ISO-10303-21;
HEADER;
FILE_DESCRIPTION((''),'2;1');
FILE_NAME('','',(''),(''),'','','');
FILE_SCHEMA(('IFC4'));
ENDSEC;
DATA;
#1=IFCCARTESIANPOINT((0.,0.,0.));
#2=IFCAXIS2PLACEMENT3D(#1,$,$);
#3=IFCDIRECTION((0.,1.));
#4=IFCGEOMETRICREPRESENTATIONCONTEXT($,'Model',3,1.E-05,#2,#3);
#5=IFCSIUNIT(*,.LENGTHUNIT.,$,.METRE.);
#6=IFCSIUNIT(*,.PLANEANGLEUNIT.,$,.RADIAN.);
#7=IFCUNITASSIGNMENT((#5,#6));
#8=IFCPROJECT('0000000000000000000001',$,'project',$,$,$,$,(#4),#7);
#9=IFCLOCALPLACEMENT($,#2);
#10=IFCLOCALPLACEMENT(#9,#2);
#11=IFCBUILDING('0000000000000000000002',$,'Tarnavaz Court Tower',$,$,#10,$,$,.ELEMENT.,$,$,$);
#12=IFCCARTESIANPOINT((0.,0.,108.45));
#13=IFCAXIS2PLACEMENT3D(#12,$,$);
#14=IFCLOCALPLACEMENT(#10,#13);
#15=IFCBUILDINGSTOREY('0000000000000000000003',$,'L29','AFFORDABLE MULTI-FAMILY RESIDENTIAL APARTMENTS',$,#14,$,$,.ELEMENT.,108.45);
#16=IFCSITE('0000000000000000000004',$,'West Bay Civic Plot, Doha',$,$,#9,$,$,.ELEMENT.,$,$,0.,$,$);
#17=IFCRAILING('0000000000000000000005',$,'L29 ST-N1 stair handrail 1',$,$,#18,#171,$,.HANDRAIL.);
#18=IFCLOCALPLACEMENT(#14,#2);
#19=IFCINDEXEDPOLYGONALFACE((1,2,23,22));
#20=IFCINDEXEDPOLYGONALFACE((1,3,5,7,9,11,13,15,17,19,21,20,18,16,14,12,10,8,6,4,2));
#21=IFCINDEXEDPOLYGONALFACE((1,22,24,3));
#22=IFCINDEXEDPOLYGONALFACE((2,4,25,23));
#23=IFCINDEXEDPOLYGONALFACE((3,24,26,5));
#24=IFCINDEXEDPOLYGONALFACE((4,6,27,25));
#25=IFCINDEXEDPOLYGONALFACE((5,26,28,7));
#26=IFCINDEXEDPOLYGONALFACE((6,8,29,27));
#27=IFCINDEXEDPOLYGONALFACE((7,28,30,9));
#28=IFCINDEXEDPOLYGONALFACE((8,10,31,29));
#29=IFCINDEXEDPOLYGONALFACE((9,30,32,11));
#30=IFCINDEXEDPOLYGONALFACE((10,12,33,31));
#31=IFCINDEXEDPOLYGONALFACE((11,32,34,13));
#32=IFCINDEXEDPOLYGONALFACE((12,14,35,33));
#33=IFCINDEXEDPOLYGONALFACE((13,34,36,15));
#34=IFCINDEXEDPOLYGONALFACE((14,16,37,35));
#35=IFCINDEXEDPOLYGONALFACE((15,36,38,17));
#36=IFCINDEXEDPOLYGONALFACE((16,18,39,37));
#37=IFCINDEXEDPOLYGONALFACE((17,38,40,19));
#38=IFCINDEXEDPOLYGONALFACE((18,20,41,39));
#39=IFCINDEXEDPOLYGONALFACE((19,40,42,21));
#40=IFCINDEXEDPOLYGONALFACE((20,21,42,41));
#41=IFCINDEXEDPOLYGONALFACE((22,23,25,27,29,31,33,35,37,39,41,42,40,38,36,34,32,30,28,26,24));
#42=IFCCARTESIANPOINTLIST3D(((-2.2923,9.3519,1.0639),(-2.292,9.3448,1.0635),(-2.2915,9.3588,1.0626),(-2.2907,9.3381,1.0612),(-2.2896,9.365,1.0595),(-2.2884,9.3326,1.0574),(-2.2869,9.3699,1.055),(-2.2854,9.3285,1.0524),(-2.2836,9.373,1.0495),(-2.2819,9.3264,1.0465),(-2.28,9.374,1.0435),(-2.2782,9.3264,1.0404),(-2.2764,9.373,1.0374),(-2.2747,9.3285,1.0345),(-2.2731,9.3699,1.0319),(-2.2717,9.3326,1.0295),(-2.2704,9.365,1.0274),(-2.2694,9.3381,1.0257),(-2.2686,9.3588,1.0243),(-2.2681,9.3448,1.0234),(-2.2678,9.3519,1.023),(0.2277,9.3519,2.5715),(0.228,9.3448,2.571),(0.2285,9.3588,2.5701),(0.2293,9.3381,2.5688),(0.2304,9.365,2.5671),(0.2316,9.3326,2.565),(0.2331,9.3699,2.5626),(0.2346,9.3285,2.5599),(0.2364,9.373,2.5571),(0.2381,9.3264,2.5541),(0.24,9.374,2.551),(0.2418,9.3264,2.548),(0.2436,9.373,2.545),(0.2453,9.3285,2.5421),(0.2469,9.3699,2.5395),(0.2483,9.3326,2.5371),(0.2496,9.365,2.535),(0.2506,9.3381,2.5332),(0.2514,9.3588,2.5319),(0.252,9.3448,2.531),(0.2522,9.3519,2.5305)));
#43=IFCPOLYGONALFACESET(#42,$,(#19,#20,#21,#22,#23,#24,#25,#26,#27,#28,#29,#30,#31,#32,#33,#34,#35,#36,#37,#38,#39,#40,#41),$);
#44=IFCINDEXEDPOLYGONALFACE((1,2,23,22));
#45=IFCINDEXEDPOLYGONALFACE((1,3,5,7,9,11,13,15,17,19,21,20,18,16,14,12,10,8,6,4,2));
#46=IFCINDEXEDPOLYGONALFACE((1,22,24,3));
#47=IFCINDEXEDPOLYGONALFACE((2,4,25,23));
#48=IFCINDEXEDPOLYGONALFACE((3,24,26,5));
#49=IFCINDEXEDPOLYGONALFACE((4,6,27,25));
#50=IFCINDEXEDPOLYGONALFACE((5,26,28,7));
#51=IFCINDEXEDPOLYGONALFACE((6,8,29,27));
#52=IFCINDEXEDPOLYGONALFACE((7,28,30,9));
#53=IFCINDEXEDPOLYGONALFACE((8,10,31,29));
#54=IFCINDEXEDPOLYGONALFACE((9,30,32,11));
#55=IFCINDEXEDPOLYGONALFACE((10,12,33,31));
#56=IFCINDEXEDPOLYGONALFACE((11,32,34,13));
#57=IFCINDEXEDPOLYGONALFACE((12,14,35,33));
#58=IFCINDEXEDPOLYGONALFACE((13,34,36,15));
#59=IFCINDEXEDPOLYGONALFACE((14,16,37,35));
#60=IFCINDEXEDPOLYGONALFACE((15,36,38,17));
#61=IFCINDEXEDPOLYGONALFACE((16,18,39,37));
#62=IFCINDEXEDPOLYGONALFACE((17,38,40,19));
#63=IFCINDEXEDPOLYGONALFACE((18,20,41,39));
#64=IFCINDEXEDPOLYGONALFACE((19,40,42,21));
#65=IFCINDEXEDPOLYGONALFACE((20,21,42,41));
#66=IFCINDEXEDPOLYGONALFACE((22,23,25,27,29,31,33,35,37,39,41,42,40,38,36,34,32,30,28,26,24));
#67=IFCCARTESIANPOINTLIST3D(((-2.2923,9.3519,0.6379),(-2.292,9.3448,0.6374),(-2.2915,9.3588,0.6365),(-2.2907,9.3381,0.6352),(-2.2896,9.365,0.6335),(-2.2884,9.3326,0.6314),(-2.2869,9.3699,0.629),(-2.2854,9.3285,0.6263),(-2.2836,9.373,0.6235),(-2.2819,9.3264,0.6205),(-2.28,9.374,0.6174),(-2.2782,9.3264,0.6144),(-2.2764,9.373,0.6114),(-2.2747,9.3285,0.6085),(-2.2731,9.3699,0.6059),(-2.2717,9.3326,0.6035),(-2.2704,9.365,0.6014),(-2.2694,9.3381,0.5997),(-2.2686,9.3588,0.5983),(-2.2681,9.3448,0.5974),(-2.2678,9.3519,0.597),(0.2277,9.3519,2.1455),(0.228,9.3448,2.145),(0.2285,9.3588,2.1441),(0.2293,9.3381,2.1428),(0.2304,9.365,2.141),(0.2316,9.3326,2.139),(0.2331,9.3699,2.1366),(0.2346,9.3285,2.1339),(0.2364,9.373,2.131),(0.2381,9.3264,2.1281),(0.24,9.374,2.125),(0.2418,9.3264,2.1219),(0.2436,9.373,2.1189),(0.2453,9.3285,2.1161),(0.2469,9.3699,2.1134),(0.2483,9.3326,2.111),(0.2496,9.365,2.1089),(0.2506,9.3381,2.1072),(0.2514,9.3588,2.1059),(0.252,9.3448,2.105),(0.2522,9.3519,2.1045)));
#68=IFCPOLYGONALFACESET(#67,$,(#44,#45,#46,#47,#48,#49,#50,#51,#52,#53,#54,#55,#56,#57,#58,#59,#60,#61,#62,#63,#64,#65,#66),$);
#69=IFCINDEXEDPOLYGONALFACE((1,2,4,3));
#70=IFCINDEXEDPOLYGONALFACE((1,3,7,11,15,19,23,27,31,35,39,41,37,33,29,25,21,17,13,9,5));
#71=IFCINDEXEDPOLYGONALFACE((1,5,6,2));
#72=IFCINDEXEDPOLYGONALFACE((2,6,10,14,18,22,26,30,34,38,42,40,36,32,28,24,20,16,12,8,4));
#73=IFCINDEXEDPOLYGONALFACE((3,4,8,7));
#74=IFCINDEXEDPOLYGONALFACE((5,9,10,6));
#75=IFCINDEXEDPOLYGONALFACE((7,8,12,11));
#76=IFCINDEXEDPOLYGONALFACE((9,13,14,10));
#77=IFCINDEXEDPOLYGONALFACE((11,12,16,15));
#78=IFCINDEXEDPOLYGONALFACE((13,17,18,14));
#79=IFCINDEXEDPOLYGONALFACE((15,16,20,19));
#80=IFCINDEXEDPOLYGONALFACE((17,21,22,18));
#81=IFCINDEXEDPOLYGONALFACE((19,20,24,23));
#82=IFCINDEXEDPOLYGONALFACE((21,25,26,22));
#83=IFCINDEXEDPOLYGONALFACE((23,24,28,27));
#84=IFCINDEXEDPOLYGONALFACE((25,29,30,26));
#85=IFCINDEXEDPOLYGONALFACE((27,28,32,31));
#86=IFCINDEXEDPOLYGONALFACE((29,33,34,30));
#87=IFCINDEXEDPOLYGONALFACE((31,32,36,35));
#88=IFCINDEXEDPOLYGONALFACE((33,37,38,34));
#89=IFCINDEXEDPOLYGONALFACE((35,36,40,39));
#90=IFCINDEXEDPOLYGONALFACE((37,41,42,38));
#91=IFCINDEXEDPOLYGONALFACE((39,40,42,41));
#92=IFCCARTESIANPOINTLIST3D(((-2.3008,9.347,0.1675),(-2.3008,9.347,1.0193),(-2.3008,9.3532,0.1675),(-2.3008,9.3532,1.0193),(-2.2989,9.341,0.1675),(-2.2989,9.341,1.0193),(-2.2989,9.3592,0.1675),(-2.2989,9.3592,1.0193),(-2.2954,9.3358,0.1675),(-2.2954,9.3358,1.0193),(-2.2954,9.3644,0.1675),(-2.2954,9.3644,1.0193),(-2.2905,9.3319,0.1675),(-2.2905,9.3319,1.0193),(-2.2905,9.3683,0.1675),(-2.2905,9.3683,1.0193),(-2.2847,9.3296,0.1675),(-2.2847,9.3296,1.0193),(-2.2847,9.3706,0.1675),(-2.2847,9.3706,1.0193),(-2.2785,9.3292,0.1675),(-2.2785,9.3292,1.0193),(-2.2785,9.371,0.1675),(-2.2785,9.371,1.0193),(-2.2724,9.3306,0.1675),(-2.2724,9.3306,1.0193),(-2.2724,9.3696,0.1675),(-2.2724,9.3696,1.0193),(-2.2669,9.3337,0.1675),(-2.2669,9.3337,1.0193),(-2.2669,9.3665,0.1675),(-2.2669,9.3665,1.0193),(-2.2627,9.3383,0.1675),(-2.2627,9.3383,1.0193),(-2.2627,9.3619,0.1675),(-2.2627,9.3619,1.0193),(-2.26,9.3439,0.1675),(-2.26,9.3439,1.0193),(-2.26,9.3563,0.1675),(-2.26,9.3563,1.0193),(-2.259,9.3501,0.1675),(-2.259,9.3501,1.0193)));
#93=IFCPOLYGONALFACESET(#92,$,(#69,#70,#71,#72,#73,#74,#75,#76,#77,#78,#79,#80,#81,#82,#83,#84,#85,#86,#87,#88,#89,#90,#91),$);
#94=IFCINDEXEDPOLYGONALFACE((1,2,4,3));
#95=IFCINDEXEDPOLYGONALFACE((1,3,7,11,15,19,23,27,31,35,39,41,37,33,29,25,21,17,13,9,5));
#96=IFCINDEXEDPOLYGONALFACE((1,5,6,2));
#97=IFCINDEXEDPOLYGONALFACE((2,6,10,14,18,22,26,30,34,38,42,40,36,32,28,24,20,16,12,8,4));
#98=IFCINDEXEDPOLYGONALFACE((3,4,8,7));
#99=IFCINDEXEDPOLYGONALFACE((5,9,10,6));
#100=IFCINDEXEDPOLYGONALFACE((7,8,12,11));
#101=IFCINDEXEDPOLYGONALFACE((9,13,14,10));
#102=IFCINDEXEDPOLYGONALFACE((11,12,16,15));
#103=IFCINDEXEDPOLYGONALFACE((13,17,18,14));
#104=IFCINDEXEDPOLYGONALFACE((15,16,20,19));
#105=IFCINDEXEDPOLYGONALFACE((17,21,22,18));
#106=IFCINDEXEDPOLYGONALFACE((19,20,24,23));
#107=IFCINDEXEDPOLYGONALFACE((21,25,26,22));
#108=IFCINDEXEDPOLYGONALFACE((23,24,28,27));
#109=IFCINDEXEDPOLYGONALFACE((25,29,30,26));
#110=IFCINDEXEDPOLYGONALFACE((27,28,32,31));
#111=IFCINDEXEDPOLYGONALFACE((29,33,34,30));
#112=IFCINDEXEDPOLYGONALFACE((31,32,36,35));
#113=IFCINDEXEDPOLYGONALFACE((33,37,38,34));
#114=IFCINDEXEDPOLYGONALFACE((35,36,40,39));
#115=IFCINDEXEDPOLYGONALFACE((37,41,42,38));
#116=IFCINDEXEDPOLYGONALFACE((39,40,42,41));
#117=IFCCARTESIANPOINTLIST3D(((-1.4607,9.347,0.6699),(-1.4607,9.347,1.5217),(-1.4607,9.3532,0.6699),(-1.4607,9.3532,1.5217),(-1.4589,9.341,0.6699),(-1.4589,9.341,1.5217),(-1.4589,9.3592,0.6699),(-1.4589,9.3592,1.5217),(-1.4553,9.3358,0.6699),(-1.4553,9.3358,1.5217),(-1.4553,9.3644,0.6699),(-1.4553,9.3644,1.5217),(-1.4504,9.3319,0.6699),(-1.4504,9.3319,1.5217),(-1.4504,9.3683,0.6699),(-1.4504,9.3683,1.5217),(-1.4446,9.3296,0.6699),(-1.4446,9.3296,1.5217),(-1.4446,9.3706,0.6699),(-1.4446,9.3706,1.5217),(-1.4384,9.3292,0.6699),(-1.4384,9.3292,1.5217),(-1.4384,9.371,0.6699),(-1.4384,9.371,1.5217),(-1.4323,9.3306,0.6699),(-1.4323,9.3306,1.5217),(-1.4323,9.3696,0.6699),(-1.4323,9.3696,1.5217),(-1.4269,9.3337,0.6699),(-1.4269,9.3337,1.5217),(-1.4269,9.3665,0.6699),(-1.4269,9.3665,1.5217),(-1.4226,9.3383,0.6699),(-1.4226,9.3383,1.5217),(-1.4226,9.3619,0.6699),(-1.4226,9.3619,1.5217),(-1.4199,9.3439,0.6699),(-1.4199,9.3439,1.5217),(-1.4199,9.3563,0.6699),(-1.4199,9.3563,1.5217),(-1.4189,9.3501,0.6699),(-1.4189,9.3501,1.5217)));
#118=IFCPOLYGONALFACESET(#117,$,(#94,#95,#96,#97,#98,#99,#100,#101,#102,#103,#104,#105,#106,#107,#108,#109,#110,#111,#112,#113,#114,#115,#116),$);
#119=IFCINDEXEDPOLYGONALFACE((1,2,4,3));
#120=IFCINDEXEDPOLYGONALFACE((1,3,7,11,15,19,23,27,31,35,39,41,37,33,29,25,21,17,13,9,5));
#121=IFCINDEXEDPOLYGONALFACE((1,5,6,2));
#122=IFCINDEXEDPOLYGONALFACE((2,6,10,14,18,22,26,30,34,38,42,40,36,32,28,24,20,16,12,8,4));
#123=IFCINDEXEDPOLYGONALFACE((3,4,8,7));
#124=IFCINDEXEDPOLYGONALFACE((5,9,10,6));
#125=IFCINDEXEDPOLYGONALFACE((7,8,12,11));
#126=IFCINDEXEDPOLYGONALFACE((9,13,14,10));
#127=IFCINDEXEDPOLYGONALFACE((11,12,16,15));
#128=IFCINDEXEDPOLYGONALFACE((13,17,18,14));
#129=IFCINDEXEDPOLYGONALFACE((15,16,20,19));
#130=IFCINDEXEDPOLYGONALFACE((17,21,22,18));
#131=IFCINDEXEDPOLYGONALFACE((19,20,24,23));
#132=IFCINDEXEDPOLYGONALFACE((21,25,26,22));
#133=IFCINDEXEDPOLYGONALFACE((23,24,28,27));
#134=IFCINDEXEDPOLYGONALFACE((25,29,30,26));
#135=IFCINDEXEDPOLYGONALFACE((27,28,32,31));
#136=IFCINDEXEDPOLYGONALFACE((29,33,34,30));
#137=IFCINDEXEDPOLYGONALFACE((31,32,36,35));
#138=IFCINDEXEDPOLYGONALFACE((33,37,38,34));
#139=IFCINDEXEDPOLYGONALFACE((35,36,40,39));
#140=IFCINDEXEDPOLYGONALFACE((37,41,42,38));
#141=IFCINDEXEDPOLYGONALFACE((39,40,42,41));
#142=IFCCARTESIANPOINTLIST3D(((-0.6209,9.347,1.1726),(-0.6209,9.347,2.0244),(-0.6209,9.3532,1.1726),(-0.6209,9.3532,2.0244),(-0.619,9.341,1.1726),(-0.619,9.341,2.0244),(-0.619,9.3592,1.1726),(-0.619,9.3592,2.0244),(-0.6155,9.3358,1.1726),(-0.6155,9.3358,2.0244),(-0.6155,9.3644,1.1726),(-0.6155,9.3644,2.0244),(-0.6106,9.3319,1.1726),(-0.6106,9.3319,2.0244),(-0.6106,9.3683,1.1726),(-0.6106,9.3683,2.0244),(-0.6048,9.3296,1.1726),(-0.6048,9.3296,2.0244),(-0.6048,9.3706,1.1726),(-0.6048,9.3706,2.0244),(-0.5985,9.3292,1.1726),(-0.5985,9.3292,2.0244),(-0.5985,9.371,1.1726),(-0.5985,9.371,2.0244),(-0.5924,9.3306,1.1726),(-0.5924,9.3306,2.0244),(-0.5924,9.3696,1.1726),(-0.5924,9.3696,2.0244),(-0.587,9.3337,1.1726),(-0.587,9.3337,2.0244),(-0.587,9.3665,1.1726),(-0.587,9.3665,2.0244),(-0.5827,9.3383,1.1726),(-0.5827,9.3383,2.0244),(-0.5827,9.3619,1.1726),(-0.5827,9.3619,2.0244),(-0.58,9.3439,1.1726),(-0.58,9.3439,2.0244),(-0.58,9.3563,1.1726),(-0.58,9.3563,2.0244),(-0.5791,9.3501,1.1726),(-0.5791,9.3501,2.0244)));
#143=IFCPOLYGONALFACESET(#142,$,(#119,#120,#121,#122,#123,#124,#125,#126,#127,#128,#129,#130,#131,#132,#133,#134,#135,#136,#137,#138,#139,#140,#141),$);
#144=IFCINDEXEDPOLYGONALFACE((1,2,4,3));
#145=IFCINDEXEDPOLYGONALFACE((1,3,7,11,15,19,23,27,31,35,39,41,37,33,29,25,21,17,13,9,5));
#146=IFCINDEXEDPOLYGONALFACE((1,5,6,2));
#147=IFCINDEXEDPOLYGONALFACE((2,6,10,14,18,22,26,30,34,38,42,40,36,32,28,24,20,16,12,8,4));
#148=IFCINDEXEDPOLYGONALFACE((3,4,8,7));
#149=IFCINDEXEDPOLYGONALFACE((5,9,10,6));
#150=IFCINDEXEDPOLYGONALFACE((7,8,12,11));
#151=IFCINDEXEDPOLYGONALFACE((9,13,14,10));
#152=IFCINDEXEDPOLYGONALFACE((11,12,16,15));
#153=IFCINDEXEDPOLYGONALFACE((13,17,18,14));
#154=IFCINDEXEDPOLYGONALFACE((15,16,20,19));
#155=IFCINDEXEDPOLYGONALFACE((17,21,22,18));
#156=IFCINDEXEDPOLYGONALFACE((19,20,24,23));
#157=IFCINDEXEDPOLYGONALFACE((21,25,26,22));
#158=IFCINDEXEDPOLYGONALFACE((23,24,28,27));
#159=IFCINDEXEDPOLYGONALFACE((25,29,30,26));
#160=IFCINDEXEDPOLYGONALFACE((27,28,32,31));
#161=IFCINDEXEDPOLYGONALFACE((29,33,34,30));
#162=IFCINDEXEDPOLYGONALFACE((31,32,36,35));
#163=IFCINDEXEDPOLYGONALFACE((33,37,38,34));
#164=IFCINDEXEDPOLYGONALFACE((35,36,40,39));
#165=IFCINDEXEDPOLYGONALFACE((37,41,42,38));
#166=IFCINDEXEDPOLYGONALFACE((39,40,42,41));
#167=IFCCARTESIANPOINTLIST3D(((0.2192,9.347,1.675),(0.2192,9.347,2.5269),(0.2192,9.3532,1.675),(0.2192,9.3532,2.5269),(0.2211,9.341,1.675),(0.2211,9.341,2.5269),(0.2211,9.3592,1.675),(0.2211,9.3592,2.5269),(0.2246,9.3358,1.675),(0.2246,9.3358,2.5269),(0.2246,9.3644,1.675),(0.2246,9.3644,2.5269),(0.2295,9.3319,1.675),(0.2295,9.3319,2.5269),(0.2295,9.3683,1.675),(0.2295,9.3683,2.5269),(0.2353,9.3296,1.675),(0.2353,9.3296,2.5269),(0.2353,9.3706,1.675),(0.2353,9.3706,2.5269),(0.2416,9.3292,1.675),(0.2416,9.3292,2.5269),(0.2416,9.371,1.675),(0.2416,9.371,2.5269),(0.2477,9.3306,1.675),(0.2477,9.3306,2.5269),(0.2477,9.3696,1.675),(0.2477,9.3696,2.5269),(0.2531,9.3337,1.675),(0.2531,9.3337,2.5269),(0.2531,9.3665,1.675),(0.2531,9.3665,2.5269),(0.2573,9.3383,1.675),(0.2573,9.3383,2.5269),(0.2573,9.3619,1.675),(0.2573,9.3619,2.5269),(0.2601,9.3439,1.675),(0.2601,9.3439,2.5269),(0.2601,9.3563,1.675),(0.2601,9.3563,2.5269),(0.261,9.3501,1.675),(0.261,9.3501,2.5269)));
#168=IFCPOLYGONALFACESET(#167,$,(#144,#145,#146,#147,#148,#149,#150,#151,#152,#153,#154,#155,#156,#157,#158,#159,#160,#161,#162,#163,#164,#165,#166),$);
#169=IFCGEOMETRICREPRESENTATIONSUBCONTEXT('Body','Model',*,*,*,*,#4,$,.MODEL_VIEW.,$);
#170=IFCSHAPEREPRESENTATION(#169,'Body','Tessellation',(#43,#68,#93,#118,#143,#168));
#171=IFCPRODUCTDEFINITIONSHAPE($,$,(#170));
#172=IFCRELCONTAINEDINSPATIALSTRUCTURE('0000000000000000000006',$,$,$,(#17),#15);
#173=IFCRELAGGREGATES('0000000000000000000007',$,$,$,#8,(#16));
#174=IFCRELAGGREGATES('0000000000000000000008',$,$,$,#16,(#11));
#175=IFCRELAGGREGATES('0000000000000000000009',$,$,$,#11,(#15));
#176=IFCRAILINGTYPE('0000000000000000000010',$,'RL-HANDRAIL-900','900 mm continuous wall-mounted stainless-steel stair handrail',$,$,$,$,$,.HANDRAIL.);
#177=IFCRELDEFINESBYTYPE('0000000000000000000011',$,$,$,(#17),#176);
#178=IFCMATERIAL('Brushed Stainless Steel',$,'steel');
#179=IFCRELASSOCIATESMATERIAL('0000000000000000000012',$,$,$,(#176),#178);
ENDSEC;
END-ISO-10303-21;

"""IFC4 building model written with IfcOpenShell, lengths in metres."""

from ifc_helpers import new_model, si_unit, direction, frame, origin, origin_2d, place, context, subcontext, project, spatial, circle, extrude, material, type_object, element, save


model = new_model("IFC4")

# Units and contexts
model_context = context("Model", 3, precision=1e-05, world=origin(), true_north=direction((0.0, 1.0)))
body_context = subcontext(model_context, "Body", "Model", "MODEL_VIEW")
ifc_project = project(units=[si_unit("LENGTHUNIT", "METRE"), si_unit("PLANEANGLEUNIT", "RADIAN")], contexts=[model_context])

# Site, building, storey
site_placement = place(None, origin())
site = spatial("IfcSite", under=ifc_project, at=site_placement, Name="West Bay Civic Plot, Doha", CompositionType="ELEMENT", RefElevation=0.0)
building_placement = place(site_placement, origin())
building = spatial("IfcBuilding", under=site, at=building_placement, Name="Tarnavaz Court Tower", CompositionType="ELEMENT")
storey_placement = place(building_placement, frame((0.0, 0.0, 108.45)))
storey = spatial("IfcBuildingStorey", under=building, at=storey_placement, Name="L29", Description="AFFORDABLE MULTI-FAMILY RESIDENTIAL APARTMENTS", CompositionType="ELEMENT", Elevation=108.45)

# Railing
ifc_material_1 = material(Name="Brushed Stainless Steel", Category="steel")
railing_type_1 = type_object("IfcRailingType", Name="RL-HANDRAIL-900", Description="900 mm continuous wall-mounted stainless-steel stair handrail", PredefinedType="HANDRAIL", material=ifc_material_1)
railing_1_placement = place(storey_placement, frame((-2.28, 9.3501, 0.1675)))
element("IfcRailing", 1, at=railing_1_placement, inside=storey, type_object=railing_type_1, Name="L29 ST-N1 stair handrail 1", PredefinedType="HANDRAIL", context=body_context, shape_type="SweptSolid", body=[
    extrude(circle(Radius=0.0239, at=origin_2d()), frame((0.0, 0.0, 0.876), z_axis=(0.85816, 0.0, 0.513383), x_axis=(0.0, 1.0, 0.0)), (0.0, 0.0, 1.0), 2.9365),
    extrude(circle(Radius=0.0239, at=origin_2d()), frame((0.0, 0.0, 0.45), z_axis=(0.85816, 0.0, 0.513383), x_axis=(0.0, 1.0, 0.0)), (0.0, 0.0, 1.0), 2.9365),
    extrude(circle(Radius=0.021, at=origin_2d()), origin(), (0.0, 0.0, 1.0), 0.8518),
    extrude(circle(Radius=0.021, at=origin_2d()), frame((0.8401, 0.0, 0.5024)), (0.0, 0.0, 1.0), 0.8518),
    extrude(circle(Radius=0.021, at=origin_2d()), frame((1.6799, 0.0, 1.0051)), (0.0, 0.0, 1.0), 0.8518),
    extrude(circle(Radius=0.021, at=origin_2d()), frame((2.52, 0.0, 1.5076)), (0.0, 0.0, 1.0), 0.8518),
])

save(model, "model.ifc")
